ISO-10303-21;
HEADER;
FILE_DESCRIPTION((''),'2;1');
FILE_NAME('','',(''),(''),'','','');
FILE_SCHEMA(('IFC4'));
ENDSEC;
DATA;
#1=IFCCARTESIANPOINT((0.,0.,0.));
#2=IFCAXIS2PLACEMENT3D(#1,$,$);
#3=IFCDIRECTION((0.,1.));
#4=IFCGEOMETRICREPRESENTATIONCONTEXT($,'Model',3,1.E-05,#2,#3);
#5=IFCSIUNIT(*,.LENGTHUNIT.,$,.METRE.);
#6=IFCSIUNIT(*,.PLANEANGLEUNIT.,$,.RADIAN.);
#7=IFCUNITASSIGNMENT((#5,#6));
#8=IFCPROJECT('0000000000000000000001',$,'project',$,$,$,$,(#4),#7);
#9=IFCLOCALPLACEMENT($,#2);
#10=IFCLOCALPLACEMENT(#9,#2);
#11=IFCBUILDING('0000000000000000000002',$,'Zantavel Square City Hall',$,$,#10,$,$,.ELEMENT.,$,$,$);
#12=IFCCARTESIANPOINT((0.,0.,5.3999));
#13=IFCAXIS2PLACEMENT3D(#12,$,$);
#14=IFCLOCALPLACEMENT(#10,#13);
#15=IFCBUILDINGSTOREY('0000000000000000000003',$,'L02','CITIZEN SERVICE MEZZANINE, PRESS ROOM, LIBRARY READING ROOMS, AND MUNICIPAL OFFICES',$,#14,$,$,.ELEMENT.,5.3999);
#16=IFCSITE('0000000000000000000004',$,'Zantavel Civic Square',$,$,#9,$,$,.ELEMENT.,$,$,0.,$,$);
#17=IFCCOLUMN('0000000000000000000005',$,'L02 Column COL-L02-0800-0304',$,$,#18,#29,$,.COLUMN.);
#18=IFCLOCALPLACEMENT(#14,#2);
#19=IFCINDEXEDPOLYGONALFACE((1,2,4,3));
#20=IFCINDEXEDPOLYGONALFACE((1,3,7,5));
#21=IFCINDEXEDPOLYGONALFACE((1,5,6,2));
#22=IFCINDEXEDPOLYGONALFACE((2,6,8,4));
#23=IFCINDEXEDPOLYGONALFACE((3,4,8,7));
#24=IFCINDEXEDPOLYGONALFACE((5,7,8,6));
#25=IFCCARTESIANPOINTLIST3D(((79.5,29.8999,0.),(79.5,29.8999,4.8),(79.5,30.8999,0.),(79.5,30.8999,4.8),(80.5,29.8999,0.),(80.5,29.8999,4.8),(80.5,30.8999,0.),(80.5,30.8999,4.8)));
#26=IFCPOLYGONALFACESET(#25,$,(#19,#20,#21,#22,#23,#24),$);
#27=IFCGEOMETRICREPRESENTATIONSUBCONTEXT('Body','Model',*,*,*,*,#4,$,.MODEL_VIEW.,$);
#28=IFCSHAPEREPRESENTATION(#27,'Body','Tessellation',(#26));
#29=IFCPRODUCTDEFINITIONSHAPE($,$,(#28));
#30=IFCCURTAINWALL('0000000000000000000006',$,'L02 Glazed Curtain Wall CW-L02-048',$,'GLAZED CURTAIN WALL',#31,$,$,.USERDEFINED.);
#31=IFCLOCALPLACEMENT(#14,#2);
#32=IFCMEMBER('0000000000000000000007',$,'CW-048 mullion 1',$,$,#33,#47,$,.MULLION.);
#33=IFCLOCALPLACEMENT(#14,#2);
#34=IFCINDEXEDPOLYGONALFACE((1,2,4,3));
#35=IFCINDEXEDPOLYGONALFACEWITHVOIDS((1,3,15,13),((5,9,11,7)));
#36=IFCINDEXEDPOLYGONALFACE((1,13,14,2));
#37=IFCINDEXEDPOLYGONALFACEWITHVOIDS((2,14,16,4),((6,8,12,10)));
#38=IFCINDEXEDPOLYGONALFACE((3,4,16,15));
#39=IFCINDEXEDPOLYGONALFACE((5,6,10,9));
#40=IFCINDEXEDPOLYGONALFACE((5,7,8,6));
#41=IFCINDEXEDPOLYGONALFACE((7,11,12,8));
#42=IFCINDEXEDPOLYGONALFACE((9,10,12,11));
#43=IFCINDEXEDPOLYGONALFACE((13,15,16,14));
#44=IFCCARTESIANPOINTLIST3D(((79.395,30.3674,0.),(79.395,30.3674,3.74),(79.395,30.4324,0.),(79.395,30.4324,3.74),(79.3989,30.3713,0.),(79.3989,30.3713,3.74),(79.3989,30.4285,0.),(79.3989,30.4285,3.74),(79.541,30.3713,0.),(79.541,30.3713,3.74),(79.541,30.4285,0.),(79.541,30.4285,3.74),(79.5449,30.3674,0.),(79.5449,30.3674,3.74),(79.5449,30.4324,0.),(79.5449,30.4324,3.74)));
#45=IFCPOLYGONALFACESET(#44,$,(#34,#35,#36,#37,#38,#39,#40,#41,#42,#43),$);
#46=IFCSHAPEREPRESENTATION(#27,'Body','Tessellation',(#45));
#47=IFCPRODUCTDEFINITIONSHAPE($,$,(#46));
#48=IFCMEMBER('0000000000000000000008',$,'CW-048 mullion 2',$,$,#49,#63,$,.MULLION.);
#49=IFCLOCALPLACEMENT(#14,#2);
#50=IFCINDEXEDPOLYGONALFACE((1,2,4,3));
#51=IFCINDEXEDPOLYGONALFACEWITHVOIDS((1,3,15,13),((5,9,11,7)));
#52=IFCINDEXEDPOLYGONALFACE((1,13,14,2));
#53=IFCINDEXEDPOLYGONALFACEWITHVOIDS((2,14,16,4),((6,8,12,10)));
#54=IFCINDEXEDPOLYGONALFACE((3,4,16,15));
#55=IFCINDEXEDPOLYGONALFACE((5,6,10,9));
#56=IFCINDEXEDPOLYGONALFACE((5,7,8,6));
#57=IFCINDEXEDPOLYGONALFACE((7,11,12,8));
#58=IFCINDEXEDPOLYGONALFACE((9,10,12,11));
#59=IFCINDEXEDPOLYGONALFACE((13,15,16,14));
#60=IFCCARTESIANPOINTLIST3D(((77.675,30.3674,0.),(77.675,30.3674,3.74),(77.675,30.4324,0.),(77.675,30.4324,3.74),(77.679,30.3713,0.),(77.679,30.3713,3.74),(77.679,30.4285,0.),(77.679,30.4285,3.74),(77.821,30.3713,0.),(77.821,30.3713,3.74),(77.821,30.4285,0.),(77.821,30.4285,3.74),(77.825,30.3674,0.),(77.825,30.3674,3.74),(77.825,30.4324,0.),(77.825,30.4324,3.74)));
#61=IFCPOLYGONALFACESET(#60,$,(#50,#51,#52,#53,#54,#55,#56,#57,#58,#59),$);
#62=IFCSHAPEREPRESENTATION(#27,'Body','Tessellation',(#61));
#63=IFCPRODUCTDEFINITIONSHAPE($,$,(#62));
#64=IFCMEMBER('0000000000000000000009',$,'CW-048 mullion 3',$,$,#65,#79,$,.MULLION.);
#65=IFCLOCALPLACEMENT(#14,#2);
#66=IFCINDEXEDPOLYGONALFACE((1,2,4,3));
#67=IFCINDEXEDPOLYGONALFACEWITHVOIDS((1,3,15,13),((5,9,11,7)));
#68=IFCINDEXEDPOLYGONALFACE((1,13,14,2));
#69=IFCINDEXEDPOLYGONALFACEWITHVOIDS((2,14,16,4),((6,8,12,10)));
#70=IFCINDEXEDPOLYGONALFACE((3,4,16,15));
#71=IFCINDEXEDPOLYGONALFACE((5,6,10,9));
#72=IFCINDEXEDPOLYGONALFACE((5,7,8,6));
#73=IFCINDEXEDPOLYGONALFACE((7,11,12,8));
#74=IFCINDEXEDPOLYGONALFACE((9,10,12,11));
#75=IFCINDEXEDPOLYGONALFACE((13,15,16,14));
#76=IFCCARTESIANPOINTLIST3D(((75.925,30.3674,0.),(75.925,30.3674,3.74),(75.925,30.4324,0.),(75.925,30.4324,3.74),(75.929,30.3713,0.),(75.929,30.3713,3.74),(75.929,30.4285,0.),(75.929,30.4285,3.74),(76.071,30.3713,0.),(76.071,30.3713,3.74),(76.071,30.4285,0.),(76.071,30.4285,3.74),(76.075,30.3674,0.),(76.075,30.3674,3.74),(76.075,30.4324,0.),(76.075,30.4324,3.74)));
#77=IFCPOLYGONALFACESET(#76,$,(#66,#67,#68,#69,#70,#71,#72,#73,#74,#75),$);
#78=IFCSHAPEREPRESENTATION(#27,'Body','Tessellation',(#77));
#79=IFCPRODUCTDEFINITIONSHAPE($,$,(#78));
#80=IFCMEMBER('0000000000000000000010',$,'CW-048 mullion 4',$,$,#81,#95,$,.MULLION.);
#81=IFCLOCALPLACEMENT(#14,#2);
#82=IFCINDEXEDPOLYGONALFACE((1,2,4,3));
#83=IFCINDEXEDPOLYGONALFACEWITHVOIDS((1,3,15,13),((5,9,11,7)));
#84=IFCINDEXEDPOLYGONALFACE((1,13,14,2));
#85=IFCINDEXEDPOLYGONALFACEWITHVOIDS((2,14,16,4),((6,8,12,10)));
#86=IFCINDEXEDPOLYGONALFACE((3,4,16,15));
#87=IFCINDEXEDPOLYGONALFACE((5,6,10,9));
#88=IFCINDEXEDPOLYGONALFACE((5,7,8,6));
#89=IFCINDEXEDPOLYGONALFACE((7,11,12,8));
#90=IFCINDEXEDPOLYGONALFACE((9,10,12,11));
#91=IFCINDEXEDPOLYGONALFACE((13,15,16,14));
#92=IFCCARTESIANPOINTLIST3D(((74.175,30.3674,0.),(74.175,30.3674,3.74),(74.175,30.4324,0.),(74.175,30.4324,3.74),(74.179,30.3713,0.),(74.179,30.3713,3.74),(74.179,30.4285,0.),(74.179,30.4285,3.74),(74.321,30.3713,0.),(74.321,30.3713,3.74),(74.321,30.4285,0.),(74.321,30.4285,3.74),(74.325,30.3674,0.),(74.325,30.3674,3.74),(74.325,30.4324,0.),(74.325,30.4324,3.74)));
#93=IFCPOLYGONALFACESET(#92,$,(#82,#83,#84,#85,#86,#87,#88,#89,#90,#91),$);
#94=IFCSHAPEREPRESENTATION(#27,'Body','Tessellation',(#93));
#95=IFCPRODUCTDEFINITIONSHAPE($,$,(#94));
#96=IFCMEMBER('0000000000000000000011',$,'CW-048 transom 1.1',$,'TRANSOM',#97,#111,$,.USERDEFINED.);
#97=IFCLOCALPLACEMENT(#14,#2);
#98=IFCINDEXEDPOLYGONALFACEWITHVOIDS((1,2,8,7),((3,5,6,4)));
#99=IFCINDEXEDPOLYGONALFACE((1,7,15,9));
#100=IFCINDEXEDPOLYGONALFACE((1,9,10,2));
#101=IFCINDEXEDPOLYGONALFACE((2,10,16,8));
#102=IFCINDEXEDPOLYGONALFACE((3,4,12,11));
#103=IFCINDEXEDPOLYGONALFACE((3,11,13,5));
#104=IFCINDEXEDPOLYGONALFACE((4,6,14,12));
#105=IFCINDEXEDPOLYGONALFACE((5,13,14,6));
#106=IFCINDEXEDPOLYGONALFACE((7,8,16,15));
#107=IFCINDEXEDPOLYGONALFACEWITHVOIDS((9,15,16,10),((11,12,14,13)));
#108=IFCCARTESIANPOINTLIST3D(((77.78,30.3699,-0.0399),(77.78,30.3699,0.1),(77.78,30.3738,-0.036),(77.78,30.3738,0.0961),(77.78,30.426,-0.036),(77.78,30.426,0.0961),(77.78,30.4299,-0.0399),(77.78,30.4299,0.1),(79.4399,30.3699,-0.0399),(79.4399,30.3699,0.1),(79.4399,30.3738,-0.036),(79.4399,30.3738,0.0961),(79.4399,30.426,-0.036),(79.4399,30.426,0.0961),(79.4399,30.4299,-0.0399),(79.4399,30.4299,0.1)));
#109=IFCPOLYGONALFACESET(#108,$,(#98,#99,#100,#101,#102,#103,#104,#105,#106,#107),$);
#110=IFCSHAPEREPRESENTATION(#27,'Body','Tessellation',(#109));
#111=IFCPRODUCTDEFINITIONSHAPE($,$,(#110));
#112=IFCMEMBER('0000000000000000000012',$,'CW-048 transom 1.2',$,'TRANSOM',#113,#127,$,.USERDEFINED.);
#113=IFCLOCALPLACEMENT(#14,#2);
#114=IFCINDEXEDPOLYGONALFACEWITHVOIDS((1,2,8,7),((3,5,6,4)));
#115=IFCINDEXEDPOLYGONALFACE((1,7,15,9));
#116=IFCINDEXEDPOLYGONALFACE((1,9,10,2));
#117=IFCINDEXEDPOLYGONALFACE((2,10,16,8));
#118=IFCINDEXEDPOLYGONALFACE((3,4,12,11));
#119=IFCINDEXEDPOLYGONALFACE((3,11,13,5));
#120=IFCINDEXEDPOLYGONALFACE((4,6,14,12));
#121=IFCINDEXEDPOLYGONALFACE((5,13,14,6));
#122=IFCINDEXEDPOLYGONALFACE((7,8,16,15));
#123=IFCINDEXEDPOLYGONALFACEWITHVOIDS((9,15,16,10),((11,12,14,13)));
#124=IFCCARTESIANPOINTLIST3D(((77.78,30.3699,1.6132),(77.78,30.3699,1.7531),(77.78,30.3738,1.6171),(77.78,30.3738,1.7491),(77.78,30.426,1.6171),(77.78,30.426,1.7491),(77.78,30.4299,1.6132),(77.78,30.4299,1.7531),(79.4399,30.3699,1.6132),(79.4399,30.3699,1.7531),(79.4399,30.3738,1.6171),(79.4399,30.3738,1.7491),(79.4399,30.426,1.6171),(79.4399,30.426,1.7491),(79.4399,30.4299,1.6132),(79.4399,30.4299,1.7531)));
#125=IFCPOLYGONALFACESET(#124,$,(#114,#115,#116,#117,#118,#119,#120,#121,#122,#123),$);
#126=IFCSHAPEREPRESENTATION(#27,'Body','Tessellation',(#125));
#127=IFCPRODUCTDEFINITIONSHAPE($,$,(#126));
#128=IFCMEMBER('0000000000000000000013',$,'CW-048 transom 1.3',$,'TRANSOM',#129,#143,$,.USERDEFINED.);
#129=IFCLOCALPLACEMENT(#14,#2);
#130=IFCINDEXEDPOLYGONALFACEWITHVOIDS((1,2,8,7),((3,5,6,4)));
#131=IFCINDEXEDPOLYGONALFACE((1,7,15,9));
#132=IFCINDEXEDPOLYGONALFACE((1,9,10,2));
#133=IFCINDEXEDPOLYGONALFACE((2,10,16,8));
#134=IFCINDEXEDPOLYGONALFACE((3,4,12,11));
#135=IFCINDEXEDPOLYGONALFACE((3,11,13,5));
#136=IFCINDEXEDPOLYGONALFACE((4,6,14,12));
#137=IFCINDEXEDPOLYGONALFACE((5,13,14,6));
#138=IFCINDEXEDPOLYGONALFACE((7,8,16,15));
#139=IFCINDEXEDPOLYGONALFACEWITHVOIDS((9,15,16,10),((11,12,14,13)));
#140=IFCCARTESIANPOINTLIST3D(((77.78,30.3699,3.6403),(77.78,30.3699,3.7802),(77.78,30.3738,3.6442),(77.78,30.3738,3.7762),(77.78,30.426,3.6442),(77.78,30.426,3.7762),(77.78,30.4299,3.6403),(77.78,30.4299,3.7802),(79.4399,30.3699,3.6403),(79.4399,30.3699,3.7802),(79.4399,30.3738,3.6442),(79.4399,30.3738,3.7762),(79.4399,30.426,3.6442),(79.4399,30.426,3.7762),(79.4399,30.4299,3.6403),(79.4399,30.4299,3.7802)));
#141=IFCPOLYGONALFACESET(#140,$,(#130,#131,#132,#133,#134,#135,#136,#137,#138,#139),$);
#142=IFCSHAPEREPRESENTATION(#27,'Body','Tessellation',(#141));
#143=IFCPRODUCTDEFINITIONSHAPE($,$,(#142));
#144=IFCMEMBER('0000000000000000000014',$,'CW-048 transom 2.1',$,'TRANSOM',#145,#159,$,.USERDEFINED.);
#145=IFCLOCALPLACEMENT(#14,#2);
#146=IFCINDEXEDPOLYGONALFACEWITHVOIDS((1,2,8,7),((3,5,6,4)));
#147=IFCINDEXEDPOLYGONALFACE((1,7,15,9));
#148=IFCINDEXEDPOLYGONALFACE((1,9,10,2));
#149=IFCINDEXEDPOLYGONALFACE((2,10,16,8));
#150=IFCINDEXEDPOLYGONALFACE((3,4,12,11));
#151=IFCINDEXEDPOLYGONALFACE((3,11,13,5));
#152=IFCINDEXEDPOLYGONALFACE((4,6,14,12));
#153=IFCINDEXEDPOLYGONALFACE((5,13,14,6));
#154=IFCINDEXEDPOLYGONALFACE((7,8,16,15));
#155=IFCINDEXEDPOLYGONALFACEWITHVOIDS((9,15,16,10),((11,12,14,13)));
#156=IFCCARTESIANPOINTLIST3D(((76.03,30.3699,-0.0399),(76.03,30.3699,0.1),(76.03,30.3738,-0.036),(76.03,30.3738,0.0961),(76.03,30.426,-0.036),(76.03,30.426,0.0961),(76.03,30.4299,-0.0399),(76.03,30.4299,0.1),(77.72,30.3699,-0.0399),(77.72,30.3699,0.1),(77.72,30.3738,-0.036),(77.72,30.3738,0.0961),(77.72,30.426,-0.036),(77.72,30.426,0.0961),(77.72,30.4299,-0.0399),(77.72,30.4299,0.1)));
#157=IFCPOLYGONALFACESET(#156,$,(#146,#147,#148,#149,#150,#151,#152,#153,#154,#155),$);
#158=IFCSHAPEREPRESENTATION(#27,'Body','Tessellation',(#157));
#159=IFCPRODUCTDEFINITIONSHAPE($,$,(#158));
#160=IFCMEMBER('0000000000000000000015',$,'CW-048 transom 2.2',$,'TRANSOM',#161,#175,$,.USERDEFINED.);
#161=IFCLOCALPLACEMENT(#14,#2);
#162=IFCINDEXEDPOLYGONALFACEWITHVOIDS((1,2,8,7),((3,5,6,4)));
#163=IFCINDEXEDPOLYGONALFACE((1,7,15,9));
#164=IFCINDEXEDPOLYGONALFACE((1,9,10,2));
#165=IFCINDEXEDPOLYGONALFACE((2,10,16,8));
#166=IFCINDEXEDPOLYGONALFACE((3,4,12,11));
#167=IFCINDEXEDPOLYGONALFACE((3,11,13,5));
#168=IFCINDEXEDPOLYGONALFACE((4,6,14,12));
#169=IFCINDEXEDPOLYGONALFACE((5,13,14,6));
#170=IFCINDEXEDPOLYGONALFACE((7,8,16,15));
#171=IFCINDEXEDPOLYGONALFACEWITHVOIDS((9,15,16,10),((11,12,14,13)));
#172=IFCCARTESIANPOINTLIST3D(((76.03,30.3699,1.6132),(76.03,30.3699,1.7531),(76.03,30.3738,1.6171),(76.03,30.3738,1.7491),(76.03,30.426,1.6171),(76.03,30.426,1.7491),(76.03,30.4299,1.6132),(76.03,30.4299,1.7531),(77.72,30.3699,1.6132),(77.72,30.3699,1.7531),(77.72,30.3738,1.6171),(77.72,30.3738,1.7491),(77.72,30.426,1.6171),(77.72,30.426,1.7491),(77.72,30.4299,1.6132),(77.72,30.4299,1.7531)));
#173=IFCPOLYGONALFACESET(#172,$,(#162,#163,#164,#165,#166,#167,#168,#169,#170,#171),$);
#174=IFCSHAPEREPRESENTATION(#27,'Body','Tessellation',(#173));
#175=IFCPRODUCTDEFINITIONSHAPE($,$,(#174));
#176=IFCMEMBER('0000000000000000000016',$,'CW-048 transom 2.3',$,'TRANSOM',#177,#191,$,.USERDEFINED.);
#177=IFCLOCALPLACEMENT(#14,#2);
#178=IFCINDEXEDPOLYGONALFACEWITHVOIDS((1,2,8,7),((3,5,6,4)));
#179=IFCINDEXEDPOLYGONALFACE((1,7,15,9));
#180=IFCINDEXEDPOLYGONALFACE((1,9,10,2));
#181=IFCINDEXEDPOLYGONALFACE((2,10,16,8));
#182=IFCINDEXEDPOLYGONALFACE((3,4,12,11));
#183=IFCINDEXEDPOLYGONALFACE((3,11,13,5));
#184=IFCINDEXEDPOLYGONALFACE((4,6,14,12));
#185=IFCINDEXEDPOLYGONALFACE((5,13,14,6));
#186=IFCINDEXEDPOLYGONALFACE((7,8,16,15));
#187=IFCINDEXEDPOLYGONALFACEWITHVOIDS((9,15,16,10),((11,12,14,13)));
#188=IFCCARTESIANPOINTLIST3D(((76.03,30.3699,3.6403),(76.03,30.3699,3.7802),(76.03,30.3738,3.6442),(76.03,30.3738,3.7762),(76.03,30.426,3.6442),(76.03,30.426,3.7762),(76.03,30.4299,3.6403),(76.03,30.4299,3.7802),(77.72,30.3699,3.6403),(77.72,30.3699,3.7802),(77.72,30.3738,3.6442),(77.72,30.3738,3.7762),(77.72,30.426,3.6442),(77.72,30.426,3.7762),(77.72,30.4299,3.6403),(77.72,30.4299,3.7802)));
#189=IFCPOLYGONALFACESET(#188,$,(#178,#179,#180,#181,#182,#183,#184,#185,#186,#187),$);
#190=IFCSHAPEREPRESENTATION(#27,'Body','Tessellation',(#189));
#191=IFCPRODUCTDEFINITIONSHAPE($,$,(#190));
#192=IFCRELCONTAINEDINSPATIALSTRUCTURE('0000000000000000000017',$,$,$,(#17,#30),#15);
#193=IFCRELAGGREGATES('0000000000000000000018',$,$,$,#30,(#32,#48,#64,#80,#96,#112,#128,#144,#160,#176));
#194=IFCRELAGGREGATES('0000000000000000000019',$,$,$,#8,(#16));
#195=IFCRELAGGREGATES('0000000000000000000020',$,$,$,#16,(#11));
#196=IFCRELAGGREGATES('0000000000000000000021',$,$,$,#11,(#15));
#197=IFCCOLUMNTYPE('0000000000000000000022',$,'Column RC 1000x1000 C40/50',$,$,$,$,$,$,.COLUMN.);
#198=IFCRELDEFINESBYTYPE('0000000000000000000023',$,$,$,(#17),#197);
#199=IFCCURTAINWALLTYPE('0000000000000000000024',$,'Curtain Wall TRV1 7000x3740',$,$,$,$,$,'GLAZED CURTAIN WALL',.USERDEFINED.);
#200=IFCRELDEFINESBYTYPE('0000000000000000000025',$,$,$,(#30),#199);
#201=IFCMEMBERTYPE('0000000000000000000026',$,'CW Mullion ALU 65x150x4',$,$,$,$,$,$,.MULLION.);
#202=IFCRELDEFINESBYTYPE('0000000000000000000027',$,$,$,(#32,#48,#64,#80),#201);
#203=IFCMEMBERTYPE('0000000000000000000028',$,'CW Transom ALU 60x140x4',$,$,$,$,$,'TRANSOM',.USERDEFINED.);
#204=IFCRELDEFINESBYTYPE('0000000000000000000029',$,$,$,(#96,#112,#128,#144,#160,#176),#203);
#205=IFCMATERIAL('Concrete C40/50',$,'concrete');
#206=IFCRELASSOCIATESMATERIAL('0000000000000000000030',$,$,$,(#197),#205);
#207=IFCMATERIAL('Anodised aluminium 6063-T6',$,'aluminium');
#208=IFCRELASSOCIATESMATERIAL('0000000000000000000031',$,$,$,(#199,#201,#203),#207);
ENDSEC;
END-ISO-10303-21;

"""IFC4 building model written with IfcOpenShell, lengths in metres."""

from ifc_helpers import new_model, si_unit, direction, frame, origin, origin_2d, place, context, subcontext, project, spatial, rectangle, hollow_rectangle, extrude, material, material_profile, profile_set, type_object, element, aggregate, save


model = new_model("IFC4")

# Units and contexts
model_context = context("Model", 3, precision=1e-05, world=origin(), true_north=direction((0.0, 1.0)))
body_context = subcontext(model_context, "Body", "Model", "MODEL_VIEW")
ifc_project = project(units=[si_unit("LENGTHUNIT", "METRE"), si_unit("PLANEANGLEUNIT", "RADIAN")], contexts=[model_context])

# Site, building, storey
site_placement = place(None, origin())
site = spatial("IfcSite", under=ifc_project, at=site_placement, Name="Zantavel Civic Square", CompositionType="ELEMENT", RefElevation=0.0)
building_placement = place(site_placement, origin())
building = spatial("IfcBuilding", under=site, at=building_placement, Name="Zantavel Square City Hall", CompositionType="ELEMENT")
storey_placement = place(building_placement, frame((0.0, 0.0, 5.3999)))
storey = spatial("IfcBuildingStorey", under=building, at=storey_placement, Name="L02", Description="CITIZEN SERVICE MEZZANINE, PRESS ROOM, LIBRARY READING ROOMS, AND MUNICIPAL OFFICES", CompositionType="ELEMENT", Elevation=5.3999)

# Column
ifc_material_1 = material(Name="Concrete C40/50", Category="concrete")
ifc_material_profile_1 = material_profile(ifc_material_1, rectangle(XDim=1.0, YDim=1.0, at=origin_2d()), Name="RC 1000x1000")
ifc_profile_set_1 = profile_set([ifc_material_profile_1], Name="Concrete C40/50")
column_type = type_object("IfcColumnType", Name="Column RC 1000x1000 C40/50", PredefinedType="COLUMN", material=ifc_profile_set_1)
column_placement = place(storey_placement, frame((80.0, 30.3999, 0.0), z_axis=(0.0, 0.0, 1.0), x_axis=(1.0, 0.0, 0.0)))
element("IfcColumn", 1, at=column_placement, inside=storey, type_object=column_type, Name="L02 Column COL-L02-0800-0304", PredefinedType="COLUMN", context=body_context, shape_type="SweptSolid", body=[
    extrude(rectangle(XDim=1.0, YDim=1.0, at=origin_2d()), origin(), (0.0, 0.0, 1.0), 4.8),
])

# Curtain wall, members
ifc_material_2 = material(Name="Anodised aluminium 6063-T6", Category="aluminium")
curtain_wall_type = type_object("IfcCurtainWallType", Name="Curtain Wall TRV1 7000x3740", ElementType="GLAZED CURTAIN WALL", PredefinedType="USERDEFINED", material=ifc_material_2)
curtain_wall_placement = place(storey_placement, origin())
curtain_wall = element("IfcCurtainWall", 2, at=curtain_wall_placement, inside=storey, type_object=curtain_wall_type, Name="L02 Glazed Curtain Wall CW-L02-048", ObjectType="GLAZED CURTAIN WALL", PredefinedType="USERDEFINED")
ifc_material_profile_2 = material_profile(ifc_material_2, hollow_rectangle(XDim=0.0649, YDim=0.1499, WallThickness=0.0039, at=origin_2d()), Name="ALU 65x150x4")
ifc_profile_set_2 = profile_set([ifc_material_profile_2], Name="Anodised aluminium 6063-T6")
member_type_1 = type_object("IfcMemberType", Name="CW Mullion ALU 65x150x4", PredefinedType="MULLION", material=ifc_profile_set_2)
member_1_placement = place(storey_placement, frame((79.47, 30.3999, 0.0), z_axis=(0.0, 0.0, 1.0), x_axis=(0.0, -1.0, 0.0)))
member_1 = element("IfcMember", 3, at=member_1_placement, type_object=member_type_1, Name="CW-048 mullion 1", PredefinedType="MULLION", context=body_context, shape_type="SweptSolid", body=[
    extrude(hollow_rectangle(XDim=0.0649, YDim=0.1499, WallThickness=0.0039, at=origin_2d()), origin(), (0.0, 0.0, 1.0), 3.74),
])
member_2_placement = place(storey_placement, frame((77.75, 30.3999, 0.0), z_axis=(0.0, 0.0, 1.0), x_axis=(0.0, -1.0, 0.0)))
member_2 = element("IfcMember", 4, at=member_2_placement, type_object=member_type_1, Name="CW-048 mullion 2", PredefinedType="MULLION", context=body_context, shape_type="SweptSolid", body=[
    extrude(hollow_rectangle(XDim=0.0649, YDim=0.1499, WallThickness=0.0039, at=origin_2d()), origin(), (0.0, 0.0, 1.0), 3.74),
])
member_3_placement = place(storey_placement, frame((76.0, 30.3999, 0.0), z_axis=(0.0, 0.0, 1.0), x_axis=(0.0, -1.0, 0.0)))
member_3 = element("IfcMember", 5, at=member_3_placement, type_object=member_type_1, Name="CW-048 mullion 3", PredefinedType="MULLION", context=body_context, shape_type="SweptSolid", body=[
    extrude(hollow_rectangle(XDim=0.0649, YDim=0.1499, WallThickness=0.0039, at=origin_2d()), origin(), (0.0, 0.0, 1.0), 3.74),
])
member_4_placement = place(storey_placement, frame((74.25, 30.3999, 0.0), z_axis=(0.0, 0.0, 1.0), x_axis=(0.0, -1.0, 0.0)))
member_4 = element("IfcMember", 6, at=member_4_placement, type_object=member_type_1, Name="CW-048 mullion 4", PredefinedType="MULLION", context=body_context, shape_type="SweptSolid", body=[
    extrude(hollow_rectangle(XDim=0.0649, YDim=0.1499, WallThickness=0.0039, at=origin_2d()), origin(), (0.0, 0.0, 1.0), 3.74),
])
ifc_material_profile_3 = material_profile(ifc_material_2, hollow_rectangle(XDim=0.0601, YDim=0.1399, WallThickness=0.0039, at=origin_2d()), Name="ALU 60x140x4")
ifc_profile_set_3 = profile_set([ifc_material_profile_3], Name="Anodised aluminium 6063-T6")
member_type_2 = type_object("IfcMemberType", Name="CW Transom ALU 60x140x4", ElementType="TRANSOM", PredefinedType="USERDEFINED", material=ifc_profile_set_3)
member_5_placement = place(storey_placement, frame((79.4399, 30.3999, 0.03), z_axis=(-1.0, 0.0, 0.0), x_axis=(0.0, -1.0, 0.0)))
member_5 = element("IfcMember", 7, at=member_5_placement, type_object=member_type_2, Name="CW-048 transom 1.1", ObjectType="TRANSOM", PredefinedType="USERDEFINED", context=body_context, shape_type="SweptSolid", body=[
    extrude(hollow_rectangle(XDim=0.0601, YDim=0.1399, WallThickness=0.0039, at=origin_2d()), origin(), (0.0, 0.0, 1.0), 1.6599),
])
member_6_placement = place(storey_placement, frame((79.4399, 30.3999, 1.6831), z_axis=(-1.0, 0.0, 0.0), x_axis=(0.0, -1.0, 0.0)))
member_6 = element("IfcMember", 8, at=member_6_placement, type_object=member_type_2, Name="CW-048 transom 1.2", ObjectType="TRANSOM", PredefinedType="USERDEFINED", context=body_context, shape_type="SweptSolid", body=[
    extrude(hollow_rectangle(XDim=0.0601, YDim=0.1399, WallThickness=0.0039, at=origin_2d()), origin(), (0.0, 0.0, 1.0), 1.6599),
])
member_7_placement = place(storey_placement, frame((79.4399, 30.3999, 3.7102), z_axis=(-1.0, 0.0, 0.0), x_axis=(0.0, -1.0, 0.0)))
member_7 = element("IfcMember", 9, at=member_7_placement, type_object=member_type_2, Name="CW-048 transom 1.3", ObjectType="TRANSOM", PredefinedType="USERDEFINED", context=body_context, shape_type="SweptSolid", body=[
    extrude(hollow_rectangle(XDim=0.0601, YDim=0.1399, WallThickness=0.0039, at=origin_2d()), origin(), (0.0, 0.0, 1.0), 1.6599),
])
member_8_placement = place(storey_placement, frame((77.72, 30.3999, 0.03), z_axis=(-1.0, 0.0, 0.0), x_axis=(0.0, -1.0, 0.0)))
member_8 = element("IfcMember", 10, at=member_8_placement, type_object=member_type_2, Name="CW-048 transom 2.1", ObjectType="TRANSOM", PredefinedType="USERDEFINED", context=body_context, shape_type="SweptSolid", body=[
    extrude(hollow_rectangle(XDim=0.0601, YDim=0.1399, WallThickness=0.0039, at=origin_2d()), origin(), (0.0, 0.0, 1.0), 1.6899),
])
member_9_placement = place(storey_placement, frame((77.72, 30.3999, 1.6831), z_axis=(-1.0, 0.0, 0.0), x_axis=(0.0, -1.0, 0.0)))
member_9 = element("IfcMember", 11, at=member_9_placement, type_object=member_type_2, Name="CW-048 transom 2.2", ObjectType="TRANSOM", PredefinedType="USERDEFINED", context=body_context, shape_type="SweptSolid", body=[
    extrude(hollow_rectangle(XDim=0.0601, YDim=0.1399, WallThickness=0.0039, at=origin_2d()), origin(), (0.0, 0.0, 1.0), 1.6899),
])
member_10_placement = place(storey_placement, frame((77.72, 30.3999, 3.7102), z_axis=(-1.0, 0.0, 0.0), x_axis=(0.0, -1.0, 0.0)))
member_10 = element("IfcMember", 12, at=member_10_placement, type_object=member_type_2, Name="CW-048 transom 2.3", ObjectType="TRANSOM", PredefinedType="USERDEFINED", context=body_context, shape_type="SweptSolid", body=[
    extrude(hollow_rectangle(XDim=0.0601, YDim=0.1399, WallThickness=0.0039, at=origin_2d()), origin(), (0.0, 0.0, 1.0), 1.6899),
])

aggregate(curtain_wall, [member_1, member_2, member_3, member_4, member_5, member_6, member_7, member_8, member_9, member_10])

save(model, "model.ifc")
